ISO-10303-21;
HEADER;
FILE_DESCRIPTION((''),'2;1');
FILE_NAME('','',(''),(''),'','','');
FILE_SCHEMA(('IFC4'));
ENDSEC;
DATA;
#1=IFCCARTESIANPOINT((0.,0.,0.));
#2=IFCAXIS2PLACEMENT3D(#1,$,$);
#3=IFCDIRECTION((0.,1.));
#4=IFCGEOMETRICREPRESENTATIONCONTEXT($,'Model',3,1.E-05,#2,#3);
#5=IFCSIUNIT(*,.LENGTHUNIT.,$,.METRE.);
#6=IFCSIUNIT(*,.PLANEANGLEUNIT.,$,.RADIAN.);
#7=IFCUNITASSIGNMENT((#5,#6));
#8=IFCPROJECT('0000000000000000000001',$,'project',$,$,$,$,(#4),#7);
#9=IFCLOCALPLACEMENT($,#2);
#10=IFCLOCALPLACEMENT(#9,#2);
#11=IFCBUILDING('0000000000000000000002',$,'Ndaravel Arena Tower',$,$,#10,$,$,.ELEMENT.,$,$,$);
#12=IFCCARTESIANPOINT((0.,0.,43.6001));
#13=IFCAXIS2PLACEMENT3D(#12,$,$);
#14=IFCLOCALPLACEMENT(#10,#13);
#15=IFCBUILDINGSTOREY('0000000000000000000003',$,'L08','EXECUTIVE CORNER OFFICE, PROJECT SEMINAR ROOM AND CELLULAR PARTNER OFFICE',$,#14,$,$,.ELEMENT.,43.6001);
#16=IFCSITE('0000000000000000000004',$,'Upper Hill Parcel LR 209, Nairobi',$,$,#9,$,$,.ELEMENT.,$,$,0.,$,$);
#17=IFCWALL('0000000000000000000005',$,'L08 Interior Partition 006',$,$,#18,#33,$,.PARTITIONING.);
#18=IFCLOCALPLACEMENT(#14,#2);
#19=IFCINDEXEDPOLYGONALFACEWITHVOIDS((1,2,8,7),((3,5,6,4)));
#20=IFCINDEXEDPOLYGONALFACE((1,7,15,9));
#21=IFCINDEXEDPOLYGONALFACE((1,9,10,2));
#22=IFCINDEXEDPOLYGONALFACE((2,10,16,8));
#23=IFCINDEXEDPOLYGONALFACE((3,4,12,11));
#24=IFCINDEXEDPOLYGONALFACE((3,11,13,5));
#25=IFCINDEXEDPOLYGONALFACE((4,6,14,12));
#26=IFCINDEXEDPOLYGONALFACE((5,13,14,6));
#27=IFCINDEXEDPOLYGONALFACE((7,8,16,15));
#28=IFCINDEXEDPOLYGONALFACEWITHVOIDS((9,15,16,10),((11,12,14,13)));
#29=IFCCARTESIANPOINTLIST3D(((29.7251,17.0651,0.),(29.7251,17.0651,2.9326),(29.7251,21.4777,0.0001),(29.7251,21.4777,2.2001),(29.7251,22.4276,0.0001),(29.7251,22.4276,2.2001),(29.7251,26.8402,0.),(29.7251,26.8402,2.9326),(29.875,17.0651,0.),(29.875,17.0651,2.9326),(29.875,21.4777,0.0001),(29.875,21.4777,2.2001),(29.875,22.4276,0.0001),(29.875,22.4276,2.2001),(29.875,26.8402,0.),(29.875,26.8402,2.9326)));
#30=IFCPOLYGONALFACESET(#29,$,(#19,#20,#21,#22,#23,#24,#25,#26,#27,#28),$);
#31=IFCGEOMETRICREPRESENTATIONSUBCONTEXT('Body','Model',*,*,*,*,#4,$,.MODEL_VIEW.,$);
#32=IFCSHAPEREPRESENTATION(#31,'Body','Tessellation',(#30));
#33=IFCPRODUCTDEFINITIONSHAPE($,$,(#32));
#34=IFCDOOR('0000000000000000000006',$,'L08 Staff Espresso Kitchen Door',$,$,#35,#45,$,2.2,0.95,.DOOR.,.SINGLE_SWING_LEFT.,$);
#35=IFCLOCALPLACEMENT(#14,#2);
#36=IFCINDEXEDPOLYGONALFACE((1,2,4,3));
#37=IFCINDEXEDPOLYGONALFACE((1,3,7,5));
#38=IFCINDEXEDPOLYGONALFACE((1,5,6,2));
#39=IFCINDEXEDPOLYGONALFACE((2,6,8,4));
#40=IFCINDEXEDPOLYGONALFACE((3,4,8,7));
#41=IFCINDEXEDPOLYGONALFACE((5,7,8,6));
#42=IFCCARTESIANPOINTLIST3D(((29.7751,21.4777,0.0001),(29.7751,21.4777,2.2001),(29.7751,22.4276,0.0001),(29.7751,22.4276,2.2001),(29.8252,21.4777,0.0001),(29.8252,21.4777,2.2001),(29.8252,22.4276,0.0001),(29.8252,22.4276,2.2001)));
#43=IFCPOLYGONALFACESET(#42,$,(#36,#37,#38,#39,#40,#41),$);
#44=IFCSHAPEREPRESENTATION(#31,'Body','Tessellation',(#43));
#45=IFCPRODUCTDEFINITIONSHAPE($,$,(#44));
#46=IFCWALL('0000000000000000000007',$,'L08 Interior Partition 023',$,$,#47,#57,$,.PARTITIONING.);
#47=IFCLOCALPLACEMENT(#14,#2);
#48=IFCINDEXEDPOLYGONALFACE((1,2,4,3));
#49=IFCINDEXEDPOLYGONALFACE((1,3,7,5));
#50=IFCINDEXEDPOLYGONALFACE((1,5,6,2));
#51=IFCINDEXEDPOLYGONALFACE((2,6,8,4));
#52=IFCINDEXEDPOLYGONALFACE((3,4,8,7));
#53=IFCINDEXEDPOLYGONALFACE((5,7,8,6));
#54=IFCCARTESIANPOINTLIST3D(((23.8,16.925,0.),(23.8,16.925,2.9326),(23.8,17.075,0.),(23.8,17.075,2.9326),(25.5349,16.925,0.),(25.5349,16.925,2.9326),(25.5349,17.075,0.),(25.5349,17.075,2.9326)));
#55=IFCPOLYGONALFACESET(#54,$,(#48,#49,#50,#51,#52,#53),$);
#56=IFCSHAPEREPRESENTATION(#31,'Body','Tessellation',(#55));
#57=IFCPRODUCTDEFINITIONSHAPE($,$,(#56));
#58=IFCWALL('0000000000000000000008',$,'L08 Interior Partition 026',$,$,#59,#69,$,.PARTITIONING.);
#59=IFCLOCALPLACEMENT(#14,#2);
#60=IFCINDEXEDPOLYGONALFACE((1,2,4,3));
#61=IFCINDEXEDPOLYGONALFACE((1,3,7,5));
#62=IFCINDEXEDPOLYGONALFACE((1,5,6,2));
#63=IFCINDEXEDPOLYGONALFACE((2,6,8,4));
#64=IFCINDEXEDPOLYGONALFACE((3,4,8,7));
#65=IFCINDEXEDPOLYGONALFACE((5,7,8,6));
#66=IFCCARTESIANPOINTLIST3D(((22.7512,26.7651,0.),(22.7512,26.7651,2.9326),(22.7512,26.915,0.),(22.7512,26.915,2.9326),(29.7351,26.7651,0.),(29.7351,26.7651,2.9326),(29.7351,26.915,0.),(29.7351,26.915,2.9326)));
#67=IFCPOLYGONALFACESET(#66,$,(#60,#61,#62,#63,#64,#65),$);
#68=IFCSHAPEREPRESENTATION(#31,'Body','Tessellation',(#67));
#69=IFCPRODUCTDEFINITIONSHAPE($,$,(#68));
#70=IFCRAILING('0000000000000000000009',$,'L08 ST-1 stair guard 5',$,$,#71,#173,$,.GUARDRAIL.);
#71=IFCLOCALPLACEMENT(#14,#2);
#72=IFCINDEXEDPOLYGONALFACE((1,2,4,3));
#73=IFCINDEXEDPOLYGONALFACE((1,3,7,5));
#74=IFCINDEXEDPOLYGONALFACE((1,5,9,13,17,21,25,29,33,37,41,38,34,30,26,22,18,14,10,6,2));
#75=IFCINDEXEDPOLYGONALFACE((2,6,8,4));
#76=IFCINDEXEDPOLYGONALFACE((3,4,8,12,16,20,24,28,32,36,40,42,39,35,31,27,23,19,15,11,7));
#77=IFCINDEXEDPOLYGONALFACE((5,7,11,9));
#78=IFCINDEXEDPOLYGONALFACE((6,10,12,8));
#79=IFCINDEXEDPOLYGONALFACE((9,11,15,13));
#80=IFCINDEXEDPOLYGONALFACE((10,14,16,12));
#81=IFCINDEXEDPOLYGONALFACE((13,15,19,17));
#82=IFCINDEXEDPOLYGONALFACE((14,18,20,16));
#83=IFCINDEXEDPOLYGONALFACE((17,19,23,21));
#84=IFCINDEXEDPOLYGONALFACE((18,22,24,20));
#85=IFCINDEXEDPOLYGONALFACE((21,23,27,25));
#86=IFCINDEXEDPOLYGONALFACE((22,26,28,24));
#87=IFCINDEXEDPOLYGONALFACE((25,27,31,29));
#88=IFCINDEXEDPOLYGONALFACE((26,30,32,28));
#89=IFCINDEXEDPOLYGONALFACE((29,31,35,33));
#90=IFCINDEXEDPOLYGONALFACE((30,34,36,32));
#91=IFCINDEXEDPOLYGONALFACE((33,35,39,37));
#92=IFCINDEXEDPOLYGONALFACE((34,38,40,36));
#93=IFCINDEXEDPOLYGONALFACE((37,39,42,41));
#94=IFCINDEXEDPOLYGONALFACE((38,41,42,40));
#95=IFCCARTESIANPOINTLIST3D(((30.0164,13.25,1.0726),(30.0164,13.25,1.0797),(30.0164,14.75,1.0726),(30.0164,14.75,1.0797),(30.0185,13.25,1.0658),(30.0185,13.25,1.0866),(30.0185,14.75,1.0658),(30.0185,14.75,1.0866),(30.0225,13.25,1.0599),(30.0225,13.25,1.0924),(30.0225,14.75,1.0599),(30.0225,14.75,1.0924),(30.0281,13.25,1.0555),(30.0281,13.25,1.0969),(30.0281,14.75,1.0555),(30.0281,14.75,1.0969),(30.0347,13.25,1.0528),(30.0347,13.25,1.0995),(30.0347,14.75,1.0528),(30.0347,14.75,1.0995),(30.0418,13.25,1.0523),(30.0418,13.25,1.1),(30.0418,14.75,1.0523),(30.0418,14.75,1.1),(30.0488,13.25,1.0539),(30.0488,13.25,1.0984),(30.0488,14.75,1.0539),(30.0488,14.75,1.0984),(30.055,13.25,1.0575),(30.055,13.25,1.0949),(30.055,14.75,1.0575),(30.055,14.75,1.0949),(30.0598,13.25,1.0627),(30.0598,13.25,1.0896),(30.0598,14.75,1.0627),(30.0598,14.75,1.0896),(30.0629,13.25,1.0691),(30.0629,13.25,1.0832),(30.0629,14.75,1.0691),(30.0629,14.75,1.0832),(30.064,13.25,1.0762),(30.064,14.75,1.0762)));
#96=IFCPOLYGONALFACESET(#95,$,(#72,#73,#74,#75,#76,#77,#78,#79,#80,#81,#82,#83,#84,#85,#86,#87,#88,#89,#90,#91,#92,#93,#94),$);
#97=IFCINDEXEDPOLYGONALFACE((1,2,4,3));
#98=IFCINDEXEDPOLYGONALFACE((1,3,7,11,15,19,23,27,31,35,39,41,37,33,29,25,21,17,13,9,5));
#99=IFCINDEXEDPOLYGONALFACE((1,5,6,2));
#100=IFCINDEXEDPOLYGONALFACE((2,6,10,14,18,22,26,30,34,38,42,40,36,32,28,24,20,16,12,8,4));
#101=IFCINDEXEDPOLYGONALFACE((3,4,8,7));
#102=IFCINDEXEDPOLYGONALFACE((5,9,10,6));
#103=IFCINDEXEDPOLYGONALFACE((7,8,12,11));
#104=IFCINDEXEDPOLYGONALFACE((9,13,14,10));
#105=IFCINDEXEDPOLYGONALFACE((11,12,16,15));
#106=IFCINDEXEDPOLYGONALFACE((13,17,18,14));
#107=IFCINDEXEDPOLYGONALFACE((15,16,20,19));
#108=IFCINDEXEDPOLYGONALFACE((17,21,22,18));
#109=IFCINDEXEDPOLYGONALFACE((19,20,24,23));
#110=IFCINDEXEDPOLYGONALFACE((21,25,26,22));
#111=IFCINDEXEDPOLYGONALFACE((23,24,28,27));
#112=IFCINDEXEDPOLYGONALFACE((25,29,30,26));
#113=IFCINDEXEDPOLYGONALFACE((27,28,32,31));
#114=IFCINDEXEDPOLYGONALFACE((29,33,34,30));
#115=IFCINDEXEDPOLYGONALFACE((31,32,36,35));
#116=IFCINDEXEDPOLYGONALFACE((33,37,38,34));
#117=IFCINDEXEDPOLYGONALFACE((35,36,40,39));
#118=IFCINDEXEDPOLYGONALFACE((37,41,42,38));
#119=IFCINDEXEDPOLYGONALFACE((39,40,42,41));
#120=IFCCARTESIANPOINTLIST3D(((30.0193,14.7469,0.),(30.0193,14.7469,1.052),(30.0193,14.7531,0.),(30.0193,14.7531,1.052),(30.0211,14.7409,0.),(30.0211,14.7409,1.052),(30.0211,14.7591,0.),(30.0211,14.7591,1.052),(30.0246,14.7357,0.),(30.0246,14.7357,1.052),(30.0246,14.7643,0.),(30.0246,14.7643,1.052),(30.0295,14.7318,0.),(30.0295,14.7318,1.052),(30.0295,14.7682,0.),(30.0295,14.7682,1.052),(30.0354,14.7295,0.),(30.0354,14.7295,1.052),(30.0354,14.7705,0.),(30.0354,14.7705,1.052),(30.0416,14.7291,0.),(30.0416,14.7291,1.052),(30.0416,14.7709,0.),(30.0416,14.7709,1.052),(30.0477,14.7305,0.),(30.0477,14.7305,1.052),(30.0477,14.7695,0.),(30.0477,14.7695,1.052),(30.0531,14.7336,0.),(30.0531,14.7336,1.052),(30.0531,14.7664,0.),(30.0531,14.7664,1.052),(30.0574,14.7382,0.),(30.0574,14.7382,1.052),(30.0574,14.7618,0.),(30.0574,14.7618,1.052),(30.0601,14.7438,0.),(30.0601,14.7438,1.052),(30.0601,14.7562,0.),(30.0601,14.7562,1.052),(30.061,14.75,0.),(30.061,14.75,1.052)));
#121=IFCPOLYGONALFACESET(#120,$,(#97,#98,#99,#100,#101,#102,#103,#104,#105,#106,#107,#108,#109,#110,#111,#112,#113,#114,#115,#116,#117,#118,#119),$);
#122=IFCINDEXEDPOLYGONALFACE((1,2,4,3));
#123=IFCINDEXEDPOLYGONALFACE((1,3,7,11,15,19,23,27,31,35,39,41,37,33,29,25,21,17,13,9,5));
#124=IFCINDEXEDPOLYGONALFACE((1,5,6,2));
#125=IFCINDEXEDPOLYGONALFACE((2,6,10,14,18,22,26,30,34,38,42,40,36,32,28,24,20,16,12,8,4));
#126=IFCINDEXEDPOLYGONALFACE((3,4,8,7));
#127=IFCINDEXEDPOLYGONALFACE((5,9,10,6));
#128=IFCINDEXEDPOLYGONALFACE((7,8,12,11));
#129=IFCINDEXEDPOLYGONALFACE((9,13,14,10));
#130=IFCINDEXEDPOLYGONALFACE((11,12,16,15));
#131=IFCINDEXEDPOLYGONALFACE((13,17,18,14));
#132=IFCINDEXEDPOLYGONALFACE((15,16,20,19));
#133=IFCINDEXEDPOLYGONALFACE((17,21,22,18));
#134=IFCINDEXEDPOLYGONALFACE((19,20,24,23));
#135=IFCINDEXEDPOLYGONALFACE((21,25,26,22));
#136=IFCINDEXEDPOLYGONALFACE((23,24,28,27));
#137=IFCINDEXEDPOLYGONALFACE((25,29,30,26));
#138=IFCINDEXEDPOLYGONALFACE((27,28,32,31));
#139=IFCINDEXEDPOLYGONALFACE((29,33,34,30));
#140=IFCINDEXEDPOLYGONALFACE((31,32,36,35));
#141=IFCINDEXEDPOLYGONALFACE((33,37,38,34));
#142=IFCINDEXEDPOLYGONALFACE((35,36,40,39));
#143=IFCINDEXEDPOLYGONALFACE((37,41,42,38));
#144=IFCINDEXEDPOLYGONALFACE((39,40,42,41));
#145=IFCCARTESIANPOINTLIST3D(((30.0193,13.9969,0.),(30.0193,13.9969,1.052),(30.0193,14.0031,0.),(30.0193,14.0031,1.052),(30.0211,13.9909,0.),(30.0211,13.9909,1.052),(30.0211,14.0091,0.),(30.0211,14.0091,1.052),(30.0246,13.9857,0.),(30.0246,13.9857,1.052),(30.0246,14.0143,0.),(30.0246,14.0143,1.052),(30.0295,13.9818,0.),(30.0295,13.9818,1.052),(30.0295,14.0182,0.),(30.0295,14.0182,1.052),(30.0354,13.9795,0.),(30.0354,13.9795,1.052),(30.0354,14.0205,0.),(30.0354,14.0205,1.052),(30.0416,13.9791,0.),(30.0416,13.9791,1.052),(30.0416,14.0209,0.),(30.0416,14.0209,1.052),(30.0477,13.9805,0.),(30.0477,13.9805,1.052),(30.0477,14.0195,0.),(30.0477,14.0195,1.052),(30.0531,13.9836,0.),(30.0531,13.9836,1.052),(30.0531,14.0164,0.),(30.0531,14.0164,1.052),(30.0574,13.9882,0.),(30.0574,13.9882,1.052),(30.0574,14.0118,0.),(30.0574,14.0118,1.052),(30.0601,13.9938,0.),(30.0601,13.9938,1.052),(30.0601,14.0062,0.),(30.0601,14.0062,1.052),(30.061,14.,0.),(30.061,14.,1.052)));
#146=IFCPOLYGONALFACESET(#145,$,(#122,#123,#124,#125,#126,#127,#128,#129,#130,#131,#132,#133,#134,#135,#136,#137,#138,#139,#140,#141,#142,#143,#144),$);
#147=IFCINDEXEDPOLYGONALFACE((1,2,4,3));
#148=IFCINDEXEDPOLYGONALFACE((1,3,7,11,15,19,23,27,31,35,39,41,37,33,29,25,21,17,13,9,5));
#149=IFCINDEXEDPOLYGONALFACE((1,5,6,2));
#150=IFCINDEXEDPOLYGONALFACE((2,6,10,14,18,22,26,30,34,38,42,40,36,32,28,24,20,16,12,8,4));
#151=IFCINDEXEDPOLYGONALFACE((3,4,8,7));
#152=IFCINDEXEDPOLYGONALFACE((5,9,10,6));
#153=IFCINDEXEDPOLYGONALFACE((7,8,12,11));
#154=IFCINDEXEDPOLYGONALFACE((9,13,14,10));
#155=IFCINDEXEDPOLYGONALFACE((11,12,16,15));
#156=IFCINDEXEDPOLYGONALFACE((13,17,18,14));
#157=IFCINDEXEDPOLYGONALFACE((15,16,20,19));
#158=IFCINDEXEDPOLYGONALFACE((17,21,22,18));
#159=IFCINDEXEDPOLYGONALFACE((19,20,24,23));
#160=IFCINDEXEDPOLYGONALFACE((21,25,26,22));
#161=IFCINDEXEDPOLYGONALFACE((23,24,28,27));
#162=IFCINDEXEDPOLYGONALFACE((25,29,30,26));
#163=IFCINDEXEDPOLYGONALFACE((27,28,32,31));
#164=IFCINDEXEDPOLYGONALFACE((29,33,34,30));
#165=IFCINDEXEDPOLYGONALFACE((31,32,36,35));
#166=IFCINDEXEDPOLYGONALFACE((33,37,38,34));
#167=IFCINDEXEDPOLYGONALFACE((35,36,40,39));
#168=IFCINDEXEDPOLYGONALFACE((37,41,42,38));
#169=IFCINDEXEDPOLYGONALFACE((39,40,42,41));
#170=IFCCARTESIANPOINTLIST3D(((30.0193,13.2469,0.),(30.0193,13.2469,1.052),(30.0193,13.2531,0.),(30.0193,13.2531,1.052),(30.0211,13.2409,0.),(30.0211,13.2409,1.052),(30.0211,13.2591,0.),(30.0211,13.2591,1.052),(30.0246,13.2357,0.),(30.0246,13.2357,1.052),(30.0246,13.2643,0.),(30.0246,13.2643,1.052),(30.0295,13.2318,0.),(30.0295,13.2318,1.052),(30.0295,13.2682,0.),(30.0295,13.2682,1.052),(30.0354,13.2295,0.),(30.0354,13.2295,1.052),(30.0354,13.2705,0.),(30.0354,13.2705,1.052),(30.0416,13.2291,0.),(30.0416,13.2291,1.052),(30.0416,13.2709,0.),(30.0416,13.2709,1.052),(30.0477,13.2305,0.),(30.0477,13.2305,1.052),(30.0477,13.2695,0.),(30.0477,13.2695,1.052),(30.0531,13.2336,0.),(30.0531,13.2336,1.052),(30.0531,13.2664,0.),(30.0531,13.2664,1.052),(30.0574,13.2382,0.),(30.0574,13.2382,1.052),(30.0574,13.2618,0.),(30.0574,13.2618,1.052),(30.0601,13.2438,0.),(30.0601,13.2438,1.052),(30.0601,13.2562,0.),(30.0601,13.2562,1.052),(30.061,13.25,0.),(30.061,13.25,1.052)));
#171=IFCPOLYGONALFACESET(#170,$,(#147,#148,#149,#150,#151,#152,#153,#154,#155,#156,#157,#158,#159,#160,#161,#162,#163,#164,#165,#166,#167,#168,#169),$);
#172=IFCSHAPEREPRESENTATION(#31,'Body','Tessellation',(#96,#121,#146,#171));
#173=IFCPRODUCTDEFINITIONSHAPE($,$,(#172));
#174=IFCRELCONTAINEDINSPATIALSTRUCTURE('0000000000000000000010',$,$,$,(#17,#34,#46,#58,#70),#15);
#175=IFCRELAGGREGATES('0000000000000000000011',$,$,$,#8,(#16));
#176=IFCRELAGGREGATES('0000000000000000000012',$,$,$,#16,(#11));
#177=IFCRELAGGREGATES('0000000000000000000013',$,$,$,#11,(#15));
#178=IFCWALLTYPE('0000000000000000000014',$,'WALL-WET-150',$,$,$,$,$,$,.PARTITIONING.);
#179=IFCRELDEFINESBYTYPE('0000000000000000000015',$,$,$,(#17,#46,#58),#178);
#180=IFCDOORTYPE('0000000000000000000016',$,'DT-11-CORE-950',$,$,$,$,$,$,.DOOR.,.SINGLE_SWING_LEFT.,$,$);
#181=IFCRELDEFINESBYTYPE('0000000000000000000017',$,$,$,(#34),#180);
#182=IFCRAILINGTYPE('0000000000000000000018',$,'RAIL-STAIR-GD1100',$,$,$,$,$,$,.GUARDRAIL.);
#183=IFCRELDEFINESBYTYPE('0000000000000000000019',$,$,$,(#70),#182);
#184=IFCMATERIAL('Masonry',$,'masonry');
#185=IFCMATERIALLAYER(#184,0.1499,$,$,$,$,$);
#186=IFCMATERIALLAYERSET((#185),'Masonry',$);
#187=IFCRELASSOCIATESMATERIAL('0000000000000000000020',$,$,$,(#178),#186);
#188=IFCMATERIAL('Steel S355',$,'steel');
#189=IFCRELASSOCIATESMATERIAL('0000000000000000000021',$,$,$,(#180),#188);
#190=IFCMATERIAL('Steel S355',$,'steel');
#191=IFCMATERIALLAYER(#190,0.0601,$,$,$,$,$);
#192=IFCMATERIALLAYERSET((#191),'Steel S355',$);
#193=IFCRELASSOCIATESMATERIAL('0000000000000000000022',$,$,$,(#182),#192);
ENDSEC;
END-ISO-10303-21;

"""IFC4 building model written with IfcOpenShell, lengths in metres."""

from ifc_helpers import new_model, si_unit, direction, frame, frame_2d, origin, origin_2d, place, context, subcontext, project, spatial, rectangle, circle, extrude, material, layer, layer_set, type_object, element, fill, save


model = new_model("IFC4")

# Units and contexts
model_context = context("Model", 3, precision=1e-05, world=origin(), true_north=direction((0.0, 1.0)))
body_context = subcontext(model_context, "Body", "Model", "MODEL_VIEW")
ifc_project = project(units=[si_unit("LENGTHUNIT", "METRE"), si_unit("PLANEANGLEUNIT", "RADIAN")], contexts=[model_context])

# Site, building, storey
site_placement = place(None, origin())
site = spatial("IfcSite", under=ifc_project, at=site_placement, Name="Upper Hill Parcel LR 209, Nairobi", CompositionType="ELEMENT", RefElevation=0.0)
building_placement = place(site_placement, origin())
building = spatial("IfcBuilding", under=site, at=building_placement, Name="Ndaravel Arena Tower", CompositionType="ELEMENT")
storey_placement = place(building_placement, frame((0.0, 0.0, 43.6001)))
storey = spatial("IfcBuildingStorey", under=building, at=storey_placement, Name="L08", Description="EXECUTIVE CORNER OFFICE, PROJECT SEMINAR ROOM AND CELLULAR PARTNER OFFICE", CompositionType="ELEMENT", Elevation=43.6001)

# Shared definitions
ifc_material_1 = material(Name="Masonry", Category="masonry")
ifc_layer_1 = layer(ifc_material_1, 0.1499)
ifc_layer_set_1 = layer_set([ifc_layer_1], Name="Masonry")
wall_type_1 = type_object("IfcWallType", Name="WALL-WET-150", PredefinedType="PARTITIONING", material=ifc_layer_set_1)

# Wall, opening, door
wall_1_placement = place(storey_placement, frame((29.8, 17.0649, 0.0), z_axis=(0.0, 0.0, 1.0), x_axis=(0.0, 1.0, 0.0)))
wall_1 = element("IfcWall", 1, at=wall_1_placement, inside=storey, type_object=wall_type_1, Name="L08 Interior Partition 006", PredefinedType="PARTITIONING", context=body_context, shape_type="SweptSolid", body=[
    extrude(rectangle(XDim=9.7751, YDim=0.1499, at=frame_2d((4.8877, 0.0))), origin(), (0.0, 0.0, 1.0), 2.9326),
])
opening_1_placement = place(wall_1_placement, frame((4.4126, 0.0, 0.0)))
opening_1 = element("IfcOpeningElement", 2, at=opening_1_placement, cuts=wall_1, PredefinedType="OPENING", context=body_context, shape_type="SweptSolid", body=[
    extrude(rectangle(XDim=0.95, YDim=2.2, at=frame_2d((0.4751, 1.1001))), frame((0.0, 0.075, 0.0), z_axis=(0.0, -1.0, 0.0), x_axis=(1.0, 0.0, 0.0)), (0.0, 0.0, 1.0), 0.1499),
])
ifc_material_2 = material(Name="Steel S355", Category="steel")
door_type_1 = type_object("IfcDoorType", Name="DT-11-CORE-950", OperationType="SINGLE_SWING_LEFT", PredefinedType="DOOR", material=ifc_material_2)
door_1_placement = place(opening_1_placement, origin())
door_1 = element("IfcDoor", 3, at=door_1_placement, inside=storey, type_object=door_type_1, Name="L08 Staff Espresso Kitchen Door", OperationType="SINGLE_SWING_LEFT", OverallHeight=2.2, OverallWidth=0.95, PredefinedType="DOOR", context=body_context, shape_type="SweptSolid", body=[
    extrude(rectangle(XDim=0.95, YDim=2.2, at=frame_2d((0.4751, 1.1001))), frame((0.0, 0.0249, 0.0), z_axis=(0.0, -1.0, 0.0), x_axis=(1.0, 0.0, 0.0)), (0.0, 0.0, 1.0), 0.05),
])
fill(opening_1, door_1)

# Walls
wall_2_placement = place(storey_placement, frame((23.8, 17.0, 0.0), z_axis=(0.0, 0.0, 1.0), x_axis=(1.0, 0.0, 0.0)))
element("IfcWall", 4, at=wall_2_placement, inside=storey, type_object=wall_type_1, Name="L08 Interior Partition 023", PredefinedType="PARTITIONING", context=body_context, shape_type="SweptSolid", body=[
    extrude(rectangle(XDim=1.7349, YDim=0.1499, at=frame_2d((0.8674, 0.0))), origin(), (0.0, 0.0, 1.0), 2.9326),
])
wall_3_placement = place(storey_placement, frame((22.7512, 26.8401, 0.0), z_axis=(0.0, 0.0, 1.0), x_axis=(1.0, 0.0, 0.0)))
element("IfcWall", 5, at=wall_3_placement, inside=storey, type_object=wall_type_1, Name="L08 Interior Partition 026", PredefinedType="PARTITIONING", context=body_context, shape_type="SweptSolid", body=[
    extrude(rectangle(XDim=6.9839, YDim=0.1499, at=frame_2d((3.4919, 0.0))), origin(), (0.0, 0.0, 1.0), 2.9326),
])

# Railing
ifc_material_3 = material(Name="Steel S355", Category="steel")
ifc_layer_2 = layer(ifc_material_3, 0.0601)
ifc_layer_set_2 = layer_set([ifc_layer_2], Name="Steel S355")
railing_type = type_object("IfcRailingType", Name="RAIL-STAIR-GD1100", PredefinedType="GUARDRAIL", material=ifc_layer_set_2)
railing_placement = place(storey_placement, frame((30.04, 14.75, 0.0)))
element("IfcRailing", 6, at=railing_placement, inside=storey, type_object=railing_type, Name="L08 ST-1 stair guard 5", PredefinedType="GUARDRAIL", context=body_context, shape_type="SweptSolid", body=[
    extrude(circle(Radius=0.0239, at=origin_2d()), frame((0.0, 0.0, 1.0762), z_axis=(0.0, -1.0, 0.0), x_axis=(1.0, 0.0, 0.0)), (0.0, 0.0, 1.0), 1.5),
    extrude(circle(Radius=0.021, at=origin_2d()), origin(), (0.0, 0.0, 1.0), 1.052),
    extrude(circle(Radius=0.021, at=origin_2d()), frame((0.0, -0.75, 0.0)), (0.0, 0.0, 1.0), 1.052),
    extrude(circle(Radius=0.021, at=origin_2d()), frame((0.0, -1.5, 0.0)), (0.0, 0.0, 1.0), 1.052),
])

save(model, "model.ifc")
